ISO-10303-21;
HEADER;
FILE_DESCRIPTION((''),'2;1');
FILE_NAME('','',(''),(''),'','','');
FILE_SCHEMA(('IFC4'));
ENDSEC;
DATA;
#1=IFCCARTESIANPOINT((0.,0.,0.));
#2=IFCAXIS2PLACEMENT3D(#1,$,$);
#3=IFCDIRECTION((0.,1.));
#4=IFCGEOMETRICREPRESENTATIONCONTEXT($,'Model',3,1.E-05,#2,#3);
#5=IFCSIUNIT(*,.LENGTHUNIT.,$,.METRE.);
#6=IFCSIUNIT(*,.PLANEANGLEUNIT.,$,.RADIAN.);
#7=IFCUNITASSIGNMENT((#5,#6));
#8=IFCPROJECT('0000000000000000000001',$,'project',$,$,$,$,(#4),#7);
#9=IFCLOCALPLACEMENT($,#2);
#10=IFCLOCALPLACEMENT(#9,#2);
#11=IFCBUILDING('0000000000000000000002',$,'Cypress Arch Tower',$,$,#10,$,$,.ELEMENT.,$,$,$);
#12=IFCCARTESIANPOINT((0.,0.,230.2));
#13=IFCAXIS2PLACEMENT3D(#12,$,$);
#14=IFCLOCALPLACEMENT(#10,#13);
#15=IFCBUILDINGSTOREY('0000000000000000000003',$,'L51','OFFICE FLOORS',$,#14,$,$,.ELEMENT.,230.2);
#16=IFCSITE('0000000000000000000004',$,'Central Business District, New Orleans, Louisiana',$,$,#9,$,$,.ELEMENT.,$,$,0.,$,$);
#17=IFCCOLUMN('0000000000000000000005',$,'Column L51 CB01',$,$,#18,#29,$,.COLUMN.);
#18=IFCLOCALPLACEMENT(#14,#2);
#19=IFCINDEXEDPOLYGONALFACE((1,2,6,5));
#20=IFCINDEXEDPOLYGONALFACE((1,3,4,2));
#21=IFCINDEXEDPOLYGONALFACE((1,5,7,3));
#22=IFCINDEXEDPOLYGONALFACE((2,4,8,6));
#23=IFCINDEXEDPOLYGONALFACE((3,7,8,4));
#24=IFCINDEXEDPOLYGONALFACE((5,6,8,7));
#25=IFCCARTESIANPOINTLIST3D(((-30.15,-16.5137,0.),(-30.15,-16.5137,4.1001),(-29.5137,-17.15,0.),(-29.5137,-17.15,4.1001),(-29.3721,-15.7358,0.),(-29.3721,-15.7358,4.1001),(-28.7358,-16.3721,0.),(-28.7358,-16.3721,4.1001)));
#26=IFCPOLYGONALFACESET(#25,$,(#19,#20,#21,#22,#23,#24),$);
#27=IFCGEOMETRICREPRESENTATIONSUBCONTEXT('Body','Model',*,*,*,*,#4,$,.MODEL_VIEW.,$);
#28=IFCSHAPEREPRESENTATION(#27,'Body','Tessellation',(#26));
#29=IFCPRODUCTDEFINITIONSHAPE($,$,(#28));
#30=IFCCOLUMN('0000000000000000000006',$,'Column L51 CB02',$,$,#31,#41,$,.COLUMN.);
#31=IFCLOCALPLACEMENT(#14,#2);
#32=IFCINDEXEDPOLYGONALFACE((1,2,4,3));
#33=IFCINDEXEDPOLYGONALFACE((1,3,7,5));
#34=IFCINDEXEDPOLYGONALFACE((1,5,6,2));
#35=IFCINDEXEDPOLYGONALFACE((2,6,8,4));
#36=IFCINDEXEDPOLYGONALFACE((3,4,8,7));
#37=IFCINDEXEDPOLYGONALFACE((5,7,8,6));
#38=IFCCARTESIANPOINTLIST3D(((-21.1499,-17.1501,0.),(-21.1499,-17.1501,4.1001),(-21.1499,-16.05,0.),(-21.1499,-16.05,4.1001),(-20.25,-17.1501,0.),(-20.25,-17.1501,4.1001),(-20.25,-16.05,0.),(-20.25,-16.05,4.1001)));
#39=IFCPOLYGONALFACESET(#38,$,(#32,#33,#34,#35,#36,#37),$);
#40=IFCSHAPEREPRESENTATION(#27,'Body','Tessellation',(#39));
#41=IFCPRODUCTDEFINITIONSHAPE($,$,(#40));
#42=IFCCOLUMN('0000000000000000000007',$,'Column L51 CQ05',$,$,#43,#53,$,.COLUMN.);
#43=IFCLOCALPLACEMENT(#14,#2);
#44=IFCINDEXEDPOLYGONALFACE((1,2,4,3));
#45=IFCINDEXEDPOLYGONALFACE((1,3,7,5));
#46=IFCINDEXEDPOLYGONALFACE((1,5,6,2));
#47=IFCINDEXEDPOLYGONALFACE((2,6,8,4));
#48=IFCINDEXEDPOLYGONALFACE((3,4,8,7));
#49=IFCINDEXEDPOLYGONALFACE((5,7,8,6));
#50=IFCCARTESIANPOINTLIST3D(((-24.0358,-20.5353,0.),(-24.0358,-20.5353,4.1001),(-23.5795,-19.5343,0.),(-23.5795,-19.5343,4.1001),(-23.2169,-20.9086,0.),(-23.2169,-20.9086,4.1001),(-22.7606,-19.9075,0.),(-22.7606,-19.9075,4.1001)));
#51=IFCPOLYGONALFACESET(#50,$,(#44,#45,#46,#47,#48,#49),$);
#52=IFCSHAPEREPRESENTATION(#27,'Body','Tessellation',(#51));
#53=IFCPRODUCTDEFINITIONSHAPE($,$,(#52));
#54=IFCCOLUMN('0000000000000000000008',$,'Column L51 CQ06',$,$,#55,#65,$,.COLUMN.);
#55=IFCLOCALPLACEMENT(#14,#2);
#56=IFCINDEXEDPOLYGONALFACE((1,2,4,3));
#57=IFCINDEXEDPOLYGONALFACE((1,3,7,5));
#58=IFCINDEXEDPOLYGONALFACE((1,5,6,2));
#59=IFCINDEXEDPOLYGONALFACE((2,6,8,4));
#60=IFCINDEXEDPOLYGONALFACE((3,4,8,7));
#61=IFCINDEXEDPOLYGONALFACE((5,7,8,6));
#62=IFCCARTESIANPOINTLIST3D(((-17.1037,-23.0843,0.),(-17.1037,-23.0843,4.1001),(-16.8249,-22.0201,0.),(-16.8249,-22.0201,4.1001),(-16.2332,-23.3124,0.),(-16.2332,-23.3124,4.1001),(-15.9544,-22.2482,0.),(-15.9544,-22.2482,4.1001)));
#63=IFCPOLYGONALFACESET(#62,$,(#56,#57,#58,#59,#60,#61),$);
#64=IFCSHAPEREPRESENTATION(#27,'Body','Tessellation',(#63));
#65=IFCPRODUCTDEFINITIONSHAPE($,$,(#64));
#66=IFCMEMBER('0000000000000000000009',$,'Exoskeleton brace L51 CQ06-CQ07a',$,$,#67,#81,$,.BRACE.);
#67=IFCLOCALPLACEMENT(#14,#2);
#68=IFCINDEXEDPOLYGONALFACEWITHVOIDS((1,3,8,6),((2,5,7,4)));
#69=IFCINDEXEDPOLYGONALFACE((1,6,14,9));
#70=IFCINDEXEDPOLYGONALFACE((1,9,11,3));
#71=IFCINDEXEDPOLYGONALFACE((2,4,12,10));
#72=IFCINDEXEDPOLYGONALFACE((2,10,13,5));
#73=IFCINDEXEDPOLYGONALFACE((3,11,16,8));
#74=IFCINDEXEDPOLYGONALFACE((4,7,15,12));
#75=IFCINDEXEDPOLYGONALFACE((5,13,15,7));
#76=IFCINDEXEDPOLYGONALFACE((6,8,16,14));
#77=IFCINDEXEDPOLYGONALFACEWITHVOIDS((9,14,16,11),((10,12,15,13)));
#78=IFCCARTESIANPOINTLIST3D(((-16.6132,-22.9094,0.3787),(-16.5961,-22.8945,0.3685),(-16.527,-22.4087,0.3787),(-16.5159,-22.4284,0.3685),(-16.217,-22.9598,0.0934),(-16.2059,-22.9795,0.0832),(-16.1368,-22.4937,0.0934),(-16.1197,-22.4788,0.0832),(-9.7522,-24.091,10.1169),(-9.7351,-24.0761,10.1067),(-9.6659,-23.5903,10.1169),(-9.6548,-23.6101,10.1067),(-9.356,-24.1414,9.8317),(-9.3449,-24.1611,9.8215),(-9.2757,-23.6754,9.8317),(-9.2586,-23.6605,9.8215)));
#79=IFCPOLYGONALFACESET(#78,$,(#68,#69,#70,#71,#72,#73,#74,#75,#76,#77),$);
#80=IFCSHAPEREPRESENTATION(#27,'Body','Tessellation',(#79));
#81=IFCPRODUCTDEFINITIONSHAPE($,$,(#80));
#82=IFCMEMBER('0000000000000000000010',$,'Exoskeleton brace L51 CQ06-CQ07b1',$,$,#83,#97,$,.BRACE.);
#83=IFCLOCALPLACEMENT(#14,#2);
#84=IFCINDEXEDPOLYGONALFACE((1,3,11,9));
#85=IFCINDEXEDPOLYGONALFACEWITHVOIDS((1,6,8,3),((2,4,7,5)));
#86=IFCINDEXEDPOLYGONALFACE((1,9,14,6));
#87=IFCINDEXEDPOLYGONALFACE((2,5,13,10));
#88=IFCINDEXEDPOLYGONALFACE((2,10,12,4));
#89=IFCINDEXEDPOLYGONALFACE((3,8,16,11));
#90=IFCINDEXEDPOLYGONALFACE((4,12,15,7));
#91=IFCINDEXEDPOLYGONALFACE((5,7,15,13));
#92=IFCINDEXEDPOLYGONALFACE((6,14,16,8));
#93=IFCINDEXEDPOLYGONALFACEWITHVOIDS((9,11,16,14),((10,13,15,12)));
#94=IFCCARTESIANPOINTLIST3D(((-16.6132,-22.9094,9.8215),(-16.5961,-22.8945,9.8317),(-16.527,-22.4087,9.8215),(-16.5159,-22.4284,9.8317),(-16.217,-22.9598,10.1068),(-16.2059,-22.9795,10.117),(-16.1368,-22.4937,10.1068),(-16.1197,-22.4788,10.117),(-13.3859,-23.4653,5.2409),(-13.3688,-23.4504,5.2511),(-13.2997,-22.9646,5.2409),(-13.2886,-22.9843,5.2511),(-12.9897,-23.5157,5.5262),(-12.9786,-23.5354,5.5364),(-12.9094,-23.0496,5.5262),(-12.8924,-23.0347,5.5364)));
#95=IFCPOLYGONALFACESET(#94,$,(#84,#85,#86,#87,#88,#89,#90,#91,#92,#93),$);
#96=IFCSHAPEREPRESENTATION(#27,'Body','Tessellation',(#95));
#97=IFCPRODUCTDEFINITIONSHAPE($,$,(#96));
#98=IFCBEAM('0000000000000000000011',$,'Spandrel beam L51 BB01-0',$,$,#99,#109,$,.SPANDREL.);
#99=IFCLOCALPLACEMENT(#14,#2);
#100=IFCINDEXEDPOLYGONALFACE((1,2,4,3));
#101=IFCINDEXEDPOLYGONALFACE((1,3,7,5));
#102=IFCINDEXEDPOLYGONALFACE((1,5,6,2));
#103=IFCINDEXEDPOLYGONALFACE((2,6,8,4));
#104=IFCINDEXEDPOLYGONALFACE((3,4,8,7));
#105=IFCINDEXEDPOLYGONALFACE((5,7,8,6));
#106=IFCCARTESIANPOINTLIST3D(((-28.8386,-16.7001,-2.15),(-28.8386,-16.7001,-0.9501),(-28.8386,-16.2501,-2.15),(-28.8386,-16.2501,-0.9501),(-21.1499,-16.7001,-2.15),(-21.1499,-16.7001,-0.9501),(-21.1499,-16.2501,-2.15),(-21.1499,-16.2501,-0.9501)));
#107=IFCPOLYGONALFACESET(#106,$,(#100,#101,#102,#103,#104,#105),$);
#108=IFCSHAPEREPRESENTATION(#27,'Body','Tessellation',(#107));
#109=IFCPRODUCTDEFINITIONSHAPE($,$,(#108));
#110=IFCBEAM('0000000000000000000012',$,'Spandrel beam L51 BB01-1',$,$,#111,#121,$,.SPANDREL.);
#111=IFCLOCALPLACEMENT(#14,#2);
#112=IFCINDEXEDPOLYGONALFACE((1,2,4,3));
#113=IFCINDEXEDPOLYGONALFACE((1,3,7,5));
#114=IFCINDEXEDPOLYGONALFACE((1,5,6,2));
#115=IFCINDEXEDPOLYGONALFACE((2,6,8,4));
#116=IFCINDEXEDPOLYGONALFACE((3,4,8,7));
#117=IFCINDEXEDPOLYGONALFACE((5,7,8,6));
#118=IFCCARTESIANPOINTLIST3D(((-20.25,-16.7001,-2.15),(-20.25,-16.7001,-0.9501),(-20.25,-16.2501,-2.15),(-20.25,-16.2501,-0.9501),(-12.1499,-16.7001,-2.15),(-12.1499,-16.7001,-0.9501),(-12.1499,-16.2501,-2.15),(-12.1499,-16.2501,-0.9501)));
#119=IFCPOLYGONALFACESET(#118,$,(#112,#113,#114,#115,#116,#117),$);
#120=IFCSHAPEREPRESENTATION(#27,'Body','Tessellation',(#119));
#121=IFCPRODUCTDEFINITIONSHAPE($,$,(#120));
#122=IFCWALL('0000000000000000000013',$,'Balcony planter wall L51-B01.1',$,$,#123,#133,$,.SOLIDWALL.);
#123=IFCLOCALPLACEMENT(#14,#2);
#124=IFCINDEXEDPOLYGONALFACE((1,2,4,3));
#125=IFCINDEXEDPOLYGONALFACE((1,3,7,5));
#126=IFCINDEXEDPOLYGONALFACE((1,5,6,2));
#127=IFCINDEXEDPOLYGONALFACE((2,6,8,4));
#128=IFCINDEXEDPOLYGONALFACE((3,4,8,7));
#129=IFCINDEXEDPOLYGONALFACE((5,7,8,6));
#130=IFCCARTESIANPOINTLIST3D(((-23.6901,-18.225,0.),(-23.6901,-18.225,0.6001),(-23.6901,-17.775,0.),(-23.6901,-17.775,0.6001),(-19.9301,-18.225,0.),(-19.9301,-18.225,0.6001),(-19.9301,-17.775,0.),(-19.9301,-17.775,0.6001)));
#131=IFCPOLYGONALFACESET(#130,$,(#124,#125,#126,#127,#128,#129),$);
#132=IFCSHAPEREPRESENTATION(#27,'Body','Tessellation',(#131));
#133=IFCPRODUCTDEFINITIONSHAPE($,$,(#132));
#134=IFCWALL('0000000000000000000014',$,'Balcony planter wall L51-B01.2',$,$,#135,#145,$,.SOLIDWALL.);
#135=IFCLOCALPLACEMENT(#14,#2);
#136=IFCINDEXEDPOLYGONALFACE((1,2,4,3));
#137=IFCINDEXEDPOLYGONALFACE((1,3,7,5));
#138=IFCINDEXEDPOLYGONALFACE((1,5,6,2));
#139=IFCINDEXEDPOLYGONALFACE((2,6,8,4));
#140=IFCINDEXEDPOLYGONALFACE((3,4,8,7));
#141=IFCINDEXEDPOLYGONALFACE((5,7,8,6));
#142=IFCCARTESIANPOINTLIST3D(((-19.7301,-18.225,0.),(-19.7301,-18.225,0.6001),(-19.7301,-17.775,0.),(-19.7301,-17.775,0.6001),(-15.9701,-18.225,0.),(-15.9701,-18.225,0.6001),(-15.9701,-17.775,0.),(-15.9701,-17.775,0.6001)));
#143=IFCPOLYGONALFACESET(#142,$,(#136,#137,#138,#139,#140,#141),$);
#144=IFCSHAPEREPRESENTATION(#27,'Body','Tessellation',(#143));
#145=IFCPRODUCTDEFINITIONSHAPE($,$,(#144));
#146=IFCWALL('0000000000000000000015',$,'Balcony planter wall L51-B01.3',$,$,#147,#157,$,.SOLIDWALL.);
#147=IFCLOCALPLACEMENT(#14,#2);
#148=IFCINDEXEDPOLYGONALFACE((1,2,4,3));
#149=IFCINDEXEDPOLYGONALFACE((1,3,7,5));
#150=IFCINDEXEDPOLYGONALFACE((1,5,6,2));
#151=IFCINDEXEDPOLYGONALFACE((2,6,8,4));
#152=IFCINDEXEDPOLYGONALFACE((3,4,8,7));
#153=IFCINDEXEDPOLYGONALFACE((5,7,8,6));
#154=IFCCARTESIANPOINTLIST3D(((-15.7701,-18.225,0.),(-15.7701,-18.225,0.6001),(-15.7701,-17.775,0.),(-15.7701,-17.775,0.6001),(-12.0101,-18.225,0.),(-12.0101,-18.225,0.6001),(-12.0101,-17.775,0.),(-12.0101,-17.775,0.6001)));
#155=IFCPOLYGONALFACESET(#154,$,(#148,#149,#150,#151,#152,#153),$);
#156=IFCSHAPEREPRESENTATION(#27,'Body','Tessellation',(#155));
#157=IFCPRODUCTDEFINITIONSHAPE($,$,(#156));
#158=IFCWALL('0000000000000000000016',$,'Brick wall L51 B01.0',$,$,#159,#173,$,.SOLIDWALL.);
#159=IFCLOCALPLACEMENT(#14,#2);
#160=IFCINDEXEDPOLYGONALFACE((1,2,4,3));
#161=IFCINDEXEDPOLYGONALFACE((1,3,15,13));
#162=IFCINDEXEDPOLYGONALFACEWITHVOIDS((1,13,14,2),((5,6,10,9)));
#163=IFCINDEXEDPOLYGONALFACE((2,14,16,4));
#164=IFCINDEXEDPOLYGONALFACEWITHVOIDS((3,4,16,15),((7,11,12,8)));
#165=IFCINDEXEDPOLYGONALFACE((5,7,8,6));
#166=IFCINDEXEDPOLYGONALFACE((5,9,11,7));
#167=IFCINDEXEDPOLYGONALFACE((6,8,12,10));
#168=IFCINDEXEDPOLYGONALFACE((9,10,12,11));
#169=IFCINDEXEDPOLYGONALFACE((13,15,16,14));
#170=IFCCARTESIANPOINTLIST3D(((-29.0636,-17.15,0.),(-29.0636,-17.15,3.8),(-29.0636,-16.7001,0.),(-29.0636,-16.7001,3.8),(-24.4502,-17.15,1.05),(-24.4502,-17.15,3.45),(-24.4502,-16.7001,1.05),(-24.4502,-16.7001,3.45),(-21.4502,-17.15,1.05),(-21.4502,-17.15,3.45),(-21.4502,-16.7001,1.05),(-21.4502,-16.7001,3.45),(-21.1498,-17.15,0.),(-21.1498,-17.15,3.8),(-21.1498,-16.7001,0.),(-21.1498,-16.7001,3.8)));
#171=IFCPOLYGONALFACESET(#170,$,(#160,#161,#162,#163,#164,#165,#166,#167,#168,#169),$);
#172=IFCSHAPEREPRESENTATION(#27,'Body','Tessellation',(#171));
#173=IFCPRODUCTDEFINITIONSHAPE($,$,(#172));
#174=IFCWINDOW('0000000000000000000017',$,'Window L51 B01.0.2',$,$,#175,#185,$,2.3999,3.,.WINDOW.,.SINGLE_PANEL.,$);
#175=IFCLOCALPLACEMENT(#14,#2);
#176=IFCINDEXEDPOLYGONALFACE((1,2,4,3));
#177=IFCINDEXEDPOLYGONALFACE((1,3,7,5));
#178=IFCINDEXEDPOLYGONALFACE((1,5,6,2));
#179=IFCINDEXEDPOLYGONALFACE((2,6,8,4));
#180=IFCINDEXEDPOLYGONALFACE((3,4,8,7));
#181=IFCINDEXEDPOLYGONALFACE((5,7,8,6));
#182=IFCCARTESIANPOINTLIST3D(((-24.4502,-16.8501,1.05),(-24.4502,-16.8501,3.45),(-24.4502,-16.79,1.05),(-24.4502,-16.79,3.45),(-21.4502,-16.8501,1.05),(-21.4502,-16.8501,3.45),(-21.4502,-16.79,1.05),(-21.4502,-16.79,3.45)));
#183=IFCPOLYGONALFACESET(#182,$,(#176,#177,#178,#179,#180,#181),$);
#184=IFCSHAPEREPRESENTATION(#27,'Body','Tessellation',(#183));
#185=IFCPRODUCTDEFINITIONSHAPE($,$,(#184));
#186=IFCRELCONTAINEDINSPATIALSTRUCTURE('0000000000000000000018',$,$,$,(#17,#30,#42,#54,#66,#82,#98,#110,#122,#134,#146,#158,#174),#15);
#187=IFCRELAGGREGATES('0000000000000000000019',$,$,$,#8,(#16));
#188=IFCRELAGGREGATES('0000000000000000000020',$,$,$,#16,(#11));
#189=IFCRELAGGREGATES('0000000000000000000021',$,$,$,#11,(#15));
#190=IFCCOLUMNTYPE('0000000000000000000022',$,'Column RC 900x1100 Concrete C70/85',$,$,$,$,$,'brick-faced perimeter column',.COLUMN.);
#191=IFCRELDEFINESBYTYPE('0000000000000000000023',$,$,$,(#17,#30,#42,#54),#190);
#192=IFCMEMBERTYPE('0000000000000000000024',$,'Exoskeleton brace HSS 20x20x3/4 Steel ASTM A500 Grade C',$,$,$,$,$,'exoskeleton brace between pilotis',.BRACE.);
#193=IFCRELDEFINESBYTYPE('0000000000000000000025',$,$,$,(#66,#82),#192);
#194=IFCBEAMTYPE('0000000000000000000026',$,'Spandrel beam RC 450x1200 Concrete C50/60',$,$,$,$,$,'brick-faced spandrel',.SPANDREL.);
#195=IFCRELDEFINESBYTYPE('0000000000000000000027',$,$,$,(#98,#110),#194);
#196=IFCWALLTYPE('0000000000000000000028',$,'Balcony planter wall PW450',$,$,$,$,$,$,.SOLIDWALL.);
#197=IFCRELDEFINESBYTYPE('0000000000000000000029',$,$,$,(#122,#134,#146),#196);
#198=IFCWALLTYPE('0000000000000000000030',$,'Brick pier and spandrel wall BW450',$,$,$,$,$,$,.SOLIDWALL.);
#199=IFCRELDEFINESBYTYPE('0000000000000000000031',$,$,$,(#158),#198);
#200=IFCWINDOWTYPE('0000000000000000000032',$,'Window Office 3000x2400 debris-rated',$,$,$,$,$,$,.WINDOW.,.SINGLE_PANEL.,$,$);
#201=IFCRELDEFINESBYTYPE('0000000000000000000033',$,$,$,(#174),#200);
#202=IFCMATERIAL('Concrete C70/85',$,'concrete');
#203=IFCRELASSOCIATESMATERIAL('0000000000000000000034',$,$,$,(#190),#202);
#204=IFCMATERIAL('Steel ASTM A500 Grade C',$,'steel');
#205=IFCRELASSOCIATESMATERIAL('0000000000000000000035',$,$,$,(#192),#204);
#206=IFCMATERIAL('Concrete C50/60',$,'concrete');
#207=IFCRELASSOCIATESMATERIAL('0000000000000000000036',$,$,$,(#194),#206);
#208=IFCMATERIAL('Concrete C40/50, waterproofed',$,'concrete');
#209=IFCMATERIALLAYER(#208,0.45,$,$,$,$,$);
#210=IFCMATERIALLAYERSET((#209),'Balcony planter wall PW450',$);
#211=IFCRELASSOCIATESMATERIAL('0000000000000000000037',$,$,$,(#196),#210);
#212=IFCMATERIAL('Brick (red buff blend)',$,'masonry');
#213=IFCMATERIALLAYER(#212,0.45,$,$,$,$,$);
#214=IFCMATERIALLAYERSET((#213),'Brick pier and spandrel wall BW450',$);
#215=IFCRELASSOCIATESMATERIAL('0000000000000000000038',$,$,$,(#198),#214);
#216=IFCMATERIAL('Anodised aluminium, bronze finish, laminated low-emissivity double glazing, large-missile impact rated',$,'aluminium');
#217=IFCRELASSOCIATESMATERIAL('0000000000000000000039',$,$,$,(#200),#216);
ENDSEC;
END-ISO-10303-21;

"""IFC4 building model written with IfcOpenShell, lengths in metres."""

from ifc_helpers import new_model, si_unit, direction, frame, frame_2d, origin, origin_2d, place, context, subcontext, project, spatial, rectangle, hollow_rectangle, extrude, material, layer, layer_set, material_profile, profile_set, type_object, element, fill, save


model = new_model("IFC4")

# Units and contexts
model_context = context("Model", 3, precision=1e-05, world=origin(), true_north=direction((0.0, 1.0)))
body_context = subcontext(model_context, "Body", "Model", "MODEL_VIEW")
ifc_project = project(units=[si_unit("LENGTHUNIT", "METRE"), si_unit("PLANEANGLEUNIT", "RADIAN")], contexts=[model_context])

# Site, building, storey
site_placement = place(None, origin())
site = spatial("IfcSite", under=ifc_project, at=site_placement, Name="Central Business District, New Orleans, Louisiana", CompositionType="ELEMENT", RefElevation=0.0)
building_placement = place(site_placement, origin())
building = spatial("IfcBuilding", under=site, at=building_placement, Name="Cypress Arch Tower", CompositionType="ELEMENT")
storey_placement = place(building_placement, frame((0.0, 0.0, 230.2)))
storey = spatial("IfcBuildingStorey", under=building, at=storey_placement, Name="L51", Description="OFFICE FLOORS", CompositionType="ELEMENT", Elevation=230.2)

# Columns
ifc_material_1 = material(Name="Concrete C70/85", Category="concrete")
ifc_material_profile_1 = material_profile(ifc_material_1, rectangle(XDim=0.8999, YDim=1.1001, at=origin_2d()), Name="RC 900x1100")
ifc_profile_set_1 = profile_set([ifc_material_profile_1], Name="Concrete C70/85")
column_type = type_object("IfcColumnType", Name="Column RC 900x1100 Concrete C70/85", ElementType="brick-faced perimeter column", PredefinedType="COLUMN", material=ifc_profile_set_1)
for number, where, z_axis, x_axis, name in (
    (1, (-29.4429, -16.4429, 0.0), (0.0, 0.0, 1.0), (0.707107, -0.707107, 0.0), "Column L51 CB01"),
    (2, (-20.7, -16.6001, 0.0), (0.0, 0.0, 1.0), (1.0, 0.0, 0.0), "Column L51 CB02"),
    (3, (-23.3982, -20.2214, 0.0), (0.0, 0.0, 1.0), (0.909932, -0.414757, 0.0), "Column L51 CQ05"),
    (4, (-16.5291, -22.6663, 0.0), (0.0, 0.0, 1.0), (0.967356, -0.253422, 0.0), "Column L51 CQ06"),
):
    element("IfcColumn", number, at=place(storey_placement, frame(where, z_axis=z_axis, x_axis=x_axis)), inside=storey, type_object=column_type, Name=name, PredefinedType="COLUMN", context=body_context, shape_type="SweptSolid", body=[
        extrude(rectangle(XDim=0.8999, YDim=1.1001, at=origin_2d()), origin(), (0.0, 0.0, 1.0), 4.1001),
    ])

# Members
ifc_material_2 = material(Name="Steel ASTM A500 Grade C", Category="steel")
ifc_material_profile_2 = material_profile(ifc_material_2, hollow_rectangle(XDim=0.5081, YDim=0.5081, WallThickness=0.0176, at=origin_2d()), Name="HSS 20x20x3/4")
ifc_profile_set_2 = profile_set([ifc_material_profile_2], Name="Steel ASTM A500 Grade C")
member_type = type_object("IfcMemberType", Name="Exoskeleton brace HSS 20x20x3/4 Steel ASTM A500 Grade C", ElementType="exoskeleton brace between pilotis", PredefinedType="BRACE", material=ifc_profile_set_2)
member_1_placement = place(storey_placement, frame((-16.3665, -22.6941, 0.231), z_axis=(0.573142, -0.098709, 0.813489), x_axis=(0.169725, 0.985491, 0.0)))
element("IfcMember", 5, at=member_1_placement, inside=storey, type_object=member_type, Name="Exoskeleton brace L51 CQ06-CQ07a", PredefinedType="BRACE", context=body_context, shape_type="SweptSolid", body=[
    extrude(hollow_rectangle(XDim=0.5081, YDim=0.5081, WallThickness=0.0176, at=origin_2d()), origin(), (0.0, 0.0, 1.0), 11.9709),
])
member_2_placement = place(storey_placement, frame((-16.3665, -22.6941, 9.9692), z_axis=(0.573149, -0.098726, -0.813482), x_axis=(0.169752, 0.985487, 0.0)))
element("IfcMember", 6, at=member_2_placement, inside=storey, type_object=member_type, Name="Exoskeleton brace L51 CQ06-CQ07b1", PredefinedType="BRACE", context=body_context, shape_type="SweptSolid", body=[
    extrude(hollow_rectangle(XDim=0.5081, YDim=0.5081, WallThickness=0.0176, at=origin_2d()), origin(), (0.0, 0.0, 1.0), 5.6309),
])

# Beams
ifc_material_3 = material(Name="Concrete C50/60", Category="concrete")
ifc_material_profile_3 = material_profile(ifc_material_3, rectangle(XDim=0.45, YDim=1.2, at=origin_2d()), Name="RC 450x1200")
ifc_profile_set_3 = profile_set([ifc_material_profile_3], Name="Concrete C50/60")
beam_type = type_object("IfcBeamType", Name="Spandrel beam RC 450x1200 Concrete C50/60", ElementType="brick-faced spandrel", PredefinedType="SPANDREL", material=ifc_profile_set_3)
beam_1_placement = place(storey_placement, frame((-28.8386, -16.4751, -1.55), z_axis=(1.0, 0.0, 0.0), x_axis=(0.0, 1.0, 0.0)))
element("IfcBeam", 7, at=beam_1_placement, inside=storey, type_object=beam_type, Name="Spandrel beam L51 BB01-0", PredefinedType="SPANDREL", context=body_context, shape_type="SweptSolid", body=[
    extrude(rectangle(XDim=0.45, YDim=1.2, at=origin_2d()), origin(), (0.0, 0.0, 1.0), 7.6887),
])
beam_2_placement = place(storey_placement, frame((-20.25, -16.4751, -1.55), z_axis=(1.0, 0.0, 0.0), x_axis=(0.0, 1.0, 0.0)))
element("IfcBeam", 8, at=beam_2_placement, inside=storey, type_object=beam_type, Name="Spandrel beam L51 BB01-1", PredefinedType="SPANDREL", context=body_context, shape_type="SweptSolid", body=[
    extrude(rectangle(XDim=0.45, YDim=1.2, at=origin_2d()), origin(), (0.0, 0.0, 1.0), 8.1001),
])

# Walls
ifc_material_4 = material(Name="Concrete C40/50, waterproofed", Category="concrete")
ifc_layer_1 = layer(ifc_material_4, 0.45)
ifc_layer_set_1 = layer_set([ifc_layer_1], Name="Balcony planter wall PW450")
wall_type_1 = type_object("IfcWallType", Name="Balcony planter wall PW450", PredefinedType="SOLIDWALL", material=ifc_layer_set_1)
for number, where, z_axis, x_axis, name in (
    (9, (-23.6899, -18.0, 0.0), (0.0, 0.0, 1.0), (1.0, 0.0, 0.0), "Balcony planter wall L51-B01.1"),
    (10, (-19.73, -18.0, 0.0), (0.0, 0.0, 1.0), (1.0, 0.0, 0.0), "Balcony planter wall L51-B01.2"),
    (11, (-15.77, -18.0, 0.0), (0.0, 0.0, 1.0), (1.0, 0.0, 0.0), "Balcony planter wall L51-B01.3"),
):
    element("IfcWall", number, at=place(storey_placement, frame(where, z_axis=z_axis, x_axis=x_axis)), inside=storey, type_object=wall_type_1, Name=name, PredefinedType="SOLIDWALL", context=body_context, shape_type="SweptSolid", body=[
        extrude(rectangle(XDim=3.76, YDim=0.45, at=frame_2d((1.8799, 0.0))), origin(), (0.0, 0.0, 1.0), 0.6001),
    ])

# Wall, opening, window
ifc_material_5 = material(Name="Brick (red buff blend)", Category="masonry")
ifc_layer_2 = layer(ifc_material_5, 0.45)
ifc_layer_set_2 = layer_set([ifc_layer_2], Name="Brick pier and spandrel wall BW450")
wall_type_2 = type_object("IfcWallType", Name="Brick pier and spandrel wall BW450", PredefinedType="SOLIDWALL", material=ifc_layer_set_2)
wall_1_placement = place(storey_placement, frame((-29.0637, -16.925, 0.0), z_axis=(0.0, 0.0, 1.0), x_axis=(1.0, 0.0, 0.0)))
wall_1 = element("IfcWall", 12, at=wall_1_placement, inside=storey, type_object=wall_type_2, Name="Brick wall L51 B01.0", PredefinedType="SOLIDWALL", context=body_context, shape_type="SweptSolid", body=[
    extrude(rectangle(XDim=7.9138, YDim=0.45, at=frame_2d((3.957, 0.0))), origin(), (0.0, 0.0, 1.0), 3.8),
])
opening_1_placement = place(wall_1_placement, frame((4.6135, 0.0, 1.05)))
opening_1 = element("IfcOpeningElement", 13, at=opening_1_placement, cuts=wall_1, PredefinedType="OPENING", context=body_context, shape_type="SweptSolid", body=[
    extrude(rectangle(XDim=3.0, YDim=2.3999, at=frame_2d((1.5, 1.2))), frame((0.0, 0.2349, 0.0), z_axis=(0.0, -1.0, 0.0), x_axis=(1.0, 0.0, 0.0)), (0.0, 0.0, 1.0), 0.47),
])
ifc_material_6 = material(Name="Anodised aluminium, bronze finish, laminated low-emissivity double glazing, large-missile impact rated", Category="aluminium")
window_type = type_object("IfcWindowType", Name="Window Office 3000x2400 debris-rated", PartitioningType="SINGLE_PANEL", PredefinedType="WINDOW", material=ifc_material_6)
window_1_placement = place(opening_1_placement, origin())
window_1 = element("IfcWindow", 14, at=window_1_placement, inside=storey, type_object=window_type, Name="Window L51 B01.0.2", OverallHeight=2.3999, OverallWidth=3.0, PartitioningType="SINGLE_PANEL", PredefinedType="WINDOW", context=body_context, shape_type="SweptSolid", body=[
    extrude(rectangle(XDim=3.0, YDim=2.3999, at=frame_2d((1.5, 1.2))), frame((0.0, 0.135, 0.0), z_axis=(0.0, -1.0, 0.0), x_axis=(1.0, 0.0, 0.0)), (0.0, 0.0, 1.0), 0.0601),
])
fill(opening_1, window_1)

save(model, "model.ifc")
